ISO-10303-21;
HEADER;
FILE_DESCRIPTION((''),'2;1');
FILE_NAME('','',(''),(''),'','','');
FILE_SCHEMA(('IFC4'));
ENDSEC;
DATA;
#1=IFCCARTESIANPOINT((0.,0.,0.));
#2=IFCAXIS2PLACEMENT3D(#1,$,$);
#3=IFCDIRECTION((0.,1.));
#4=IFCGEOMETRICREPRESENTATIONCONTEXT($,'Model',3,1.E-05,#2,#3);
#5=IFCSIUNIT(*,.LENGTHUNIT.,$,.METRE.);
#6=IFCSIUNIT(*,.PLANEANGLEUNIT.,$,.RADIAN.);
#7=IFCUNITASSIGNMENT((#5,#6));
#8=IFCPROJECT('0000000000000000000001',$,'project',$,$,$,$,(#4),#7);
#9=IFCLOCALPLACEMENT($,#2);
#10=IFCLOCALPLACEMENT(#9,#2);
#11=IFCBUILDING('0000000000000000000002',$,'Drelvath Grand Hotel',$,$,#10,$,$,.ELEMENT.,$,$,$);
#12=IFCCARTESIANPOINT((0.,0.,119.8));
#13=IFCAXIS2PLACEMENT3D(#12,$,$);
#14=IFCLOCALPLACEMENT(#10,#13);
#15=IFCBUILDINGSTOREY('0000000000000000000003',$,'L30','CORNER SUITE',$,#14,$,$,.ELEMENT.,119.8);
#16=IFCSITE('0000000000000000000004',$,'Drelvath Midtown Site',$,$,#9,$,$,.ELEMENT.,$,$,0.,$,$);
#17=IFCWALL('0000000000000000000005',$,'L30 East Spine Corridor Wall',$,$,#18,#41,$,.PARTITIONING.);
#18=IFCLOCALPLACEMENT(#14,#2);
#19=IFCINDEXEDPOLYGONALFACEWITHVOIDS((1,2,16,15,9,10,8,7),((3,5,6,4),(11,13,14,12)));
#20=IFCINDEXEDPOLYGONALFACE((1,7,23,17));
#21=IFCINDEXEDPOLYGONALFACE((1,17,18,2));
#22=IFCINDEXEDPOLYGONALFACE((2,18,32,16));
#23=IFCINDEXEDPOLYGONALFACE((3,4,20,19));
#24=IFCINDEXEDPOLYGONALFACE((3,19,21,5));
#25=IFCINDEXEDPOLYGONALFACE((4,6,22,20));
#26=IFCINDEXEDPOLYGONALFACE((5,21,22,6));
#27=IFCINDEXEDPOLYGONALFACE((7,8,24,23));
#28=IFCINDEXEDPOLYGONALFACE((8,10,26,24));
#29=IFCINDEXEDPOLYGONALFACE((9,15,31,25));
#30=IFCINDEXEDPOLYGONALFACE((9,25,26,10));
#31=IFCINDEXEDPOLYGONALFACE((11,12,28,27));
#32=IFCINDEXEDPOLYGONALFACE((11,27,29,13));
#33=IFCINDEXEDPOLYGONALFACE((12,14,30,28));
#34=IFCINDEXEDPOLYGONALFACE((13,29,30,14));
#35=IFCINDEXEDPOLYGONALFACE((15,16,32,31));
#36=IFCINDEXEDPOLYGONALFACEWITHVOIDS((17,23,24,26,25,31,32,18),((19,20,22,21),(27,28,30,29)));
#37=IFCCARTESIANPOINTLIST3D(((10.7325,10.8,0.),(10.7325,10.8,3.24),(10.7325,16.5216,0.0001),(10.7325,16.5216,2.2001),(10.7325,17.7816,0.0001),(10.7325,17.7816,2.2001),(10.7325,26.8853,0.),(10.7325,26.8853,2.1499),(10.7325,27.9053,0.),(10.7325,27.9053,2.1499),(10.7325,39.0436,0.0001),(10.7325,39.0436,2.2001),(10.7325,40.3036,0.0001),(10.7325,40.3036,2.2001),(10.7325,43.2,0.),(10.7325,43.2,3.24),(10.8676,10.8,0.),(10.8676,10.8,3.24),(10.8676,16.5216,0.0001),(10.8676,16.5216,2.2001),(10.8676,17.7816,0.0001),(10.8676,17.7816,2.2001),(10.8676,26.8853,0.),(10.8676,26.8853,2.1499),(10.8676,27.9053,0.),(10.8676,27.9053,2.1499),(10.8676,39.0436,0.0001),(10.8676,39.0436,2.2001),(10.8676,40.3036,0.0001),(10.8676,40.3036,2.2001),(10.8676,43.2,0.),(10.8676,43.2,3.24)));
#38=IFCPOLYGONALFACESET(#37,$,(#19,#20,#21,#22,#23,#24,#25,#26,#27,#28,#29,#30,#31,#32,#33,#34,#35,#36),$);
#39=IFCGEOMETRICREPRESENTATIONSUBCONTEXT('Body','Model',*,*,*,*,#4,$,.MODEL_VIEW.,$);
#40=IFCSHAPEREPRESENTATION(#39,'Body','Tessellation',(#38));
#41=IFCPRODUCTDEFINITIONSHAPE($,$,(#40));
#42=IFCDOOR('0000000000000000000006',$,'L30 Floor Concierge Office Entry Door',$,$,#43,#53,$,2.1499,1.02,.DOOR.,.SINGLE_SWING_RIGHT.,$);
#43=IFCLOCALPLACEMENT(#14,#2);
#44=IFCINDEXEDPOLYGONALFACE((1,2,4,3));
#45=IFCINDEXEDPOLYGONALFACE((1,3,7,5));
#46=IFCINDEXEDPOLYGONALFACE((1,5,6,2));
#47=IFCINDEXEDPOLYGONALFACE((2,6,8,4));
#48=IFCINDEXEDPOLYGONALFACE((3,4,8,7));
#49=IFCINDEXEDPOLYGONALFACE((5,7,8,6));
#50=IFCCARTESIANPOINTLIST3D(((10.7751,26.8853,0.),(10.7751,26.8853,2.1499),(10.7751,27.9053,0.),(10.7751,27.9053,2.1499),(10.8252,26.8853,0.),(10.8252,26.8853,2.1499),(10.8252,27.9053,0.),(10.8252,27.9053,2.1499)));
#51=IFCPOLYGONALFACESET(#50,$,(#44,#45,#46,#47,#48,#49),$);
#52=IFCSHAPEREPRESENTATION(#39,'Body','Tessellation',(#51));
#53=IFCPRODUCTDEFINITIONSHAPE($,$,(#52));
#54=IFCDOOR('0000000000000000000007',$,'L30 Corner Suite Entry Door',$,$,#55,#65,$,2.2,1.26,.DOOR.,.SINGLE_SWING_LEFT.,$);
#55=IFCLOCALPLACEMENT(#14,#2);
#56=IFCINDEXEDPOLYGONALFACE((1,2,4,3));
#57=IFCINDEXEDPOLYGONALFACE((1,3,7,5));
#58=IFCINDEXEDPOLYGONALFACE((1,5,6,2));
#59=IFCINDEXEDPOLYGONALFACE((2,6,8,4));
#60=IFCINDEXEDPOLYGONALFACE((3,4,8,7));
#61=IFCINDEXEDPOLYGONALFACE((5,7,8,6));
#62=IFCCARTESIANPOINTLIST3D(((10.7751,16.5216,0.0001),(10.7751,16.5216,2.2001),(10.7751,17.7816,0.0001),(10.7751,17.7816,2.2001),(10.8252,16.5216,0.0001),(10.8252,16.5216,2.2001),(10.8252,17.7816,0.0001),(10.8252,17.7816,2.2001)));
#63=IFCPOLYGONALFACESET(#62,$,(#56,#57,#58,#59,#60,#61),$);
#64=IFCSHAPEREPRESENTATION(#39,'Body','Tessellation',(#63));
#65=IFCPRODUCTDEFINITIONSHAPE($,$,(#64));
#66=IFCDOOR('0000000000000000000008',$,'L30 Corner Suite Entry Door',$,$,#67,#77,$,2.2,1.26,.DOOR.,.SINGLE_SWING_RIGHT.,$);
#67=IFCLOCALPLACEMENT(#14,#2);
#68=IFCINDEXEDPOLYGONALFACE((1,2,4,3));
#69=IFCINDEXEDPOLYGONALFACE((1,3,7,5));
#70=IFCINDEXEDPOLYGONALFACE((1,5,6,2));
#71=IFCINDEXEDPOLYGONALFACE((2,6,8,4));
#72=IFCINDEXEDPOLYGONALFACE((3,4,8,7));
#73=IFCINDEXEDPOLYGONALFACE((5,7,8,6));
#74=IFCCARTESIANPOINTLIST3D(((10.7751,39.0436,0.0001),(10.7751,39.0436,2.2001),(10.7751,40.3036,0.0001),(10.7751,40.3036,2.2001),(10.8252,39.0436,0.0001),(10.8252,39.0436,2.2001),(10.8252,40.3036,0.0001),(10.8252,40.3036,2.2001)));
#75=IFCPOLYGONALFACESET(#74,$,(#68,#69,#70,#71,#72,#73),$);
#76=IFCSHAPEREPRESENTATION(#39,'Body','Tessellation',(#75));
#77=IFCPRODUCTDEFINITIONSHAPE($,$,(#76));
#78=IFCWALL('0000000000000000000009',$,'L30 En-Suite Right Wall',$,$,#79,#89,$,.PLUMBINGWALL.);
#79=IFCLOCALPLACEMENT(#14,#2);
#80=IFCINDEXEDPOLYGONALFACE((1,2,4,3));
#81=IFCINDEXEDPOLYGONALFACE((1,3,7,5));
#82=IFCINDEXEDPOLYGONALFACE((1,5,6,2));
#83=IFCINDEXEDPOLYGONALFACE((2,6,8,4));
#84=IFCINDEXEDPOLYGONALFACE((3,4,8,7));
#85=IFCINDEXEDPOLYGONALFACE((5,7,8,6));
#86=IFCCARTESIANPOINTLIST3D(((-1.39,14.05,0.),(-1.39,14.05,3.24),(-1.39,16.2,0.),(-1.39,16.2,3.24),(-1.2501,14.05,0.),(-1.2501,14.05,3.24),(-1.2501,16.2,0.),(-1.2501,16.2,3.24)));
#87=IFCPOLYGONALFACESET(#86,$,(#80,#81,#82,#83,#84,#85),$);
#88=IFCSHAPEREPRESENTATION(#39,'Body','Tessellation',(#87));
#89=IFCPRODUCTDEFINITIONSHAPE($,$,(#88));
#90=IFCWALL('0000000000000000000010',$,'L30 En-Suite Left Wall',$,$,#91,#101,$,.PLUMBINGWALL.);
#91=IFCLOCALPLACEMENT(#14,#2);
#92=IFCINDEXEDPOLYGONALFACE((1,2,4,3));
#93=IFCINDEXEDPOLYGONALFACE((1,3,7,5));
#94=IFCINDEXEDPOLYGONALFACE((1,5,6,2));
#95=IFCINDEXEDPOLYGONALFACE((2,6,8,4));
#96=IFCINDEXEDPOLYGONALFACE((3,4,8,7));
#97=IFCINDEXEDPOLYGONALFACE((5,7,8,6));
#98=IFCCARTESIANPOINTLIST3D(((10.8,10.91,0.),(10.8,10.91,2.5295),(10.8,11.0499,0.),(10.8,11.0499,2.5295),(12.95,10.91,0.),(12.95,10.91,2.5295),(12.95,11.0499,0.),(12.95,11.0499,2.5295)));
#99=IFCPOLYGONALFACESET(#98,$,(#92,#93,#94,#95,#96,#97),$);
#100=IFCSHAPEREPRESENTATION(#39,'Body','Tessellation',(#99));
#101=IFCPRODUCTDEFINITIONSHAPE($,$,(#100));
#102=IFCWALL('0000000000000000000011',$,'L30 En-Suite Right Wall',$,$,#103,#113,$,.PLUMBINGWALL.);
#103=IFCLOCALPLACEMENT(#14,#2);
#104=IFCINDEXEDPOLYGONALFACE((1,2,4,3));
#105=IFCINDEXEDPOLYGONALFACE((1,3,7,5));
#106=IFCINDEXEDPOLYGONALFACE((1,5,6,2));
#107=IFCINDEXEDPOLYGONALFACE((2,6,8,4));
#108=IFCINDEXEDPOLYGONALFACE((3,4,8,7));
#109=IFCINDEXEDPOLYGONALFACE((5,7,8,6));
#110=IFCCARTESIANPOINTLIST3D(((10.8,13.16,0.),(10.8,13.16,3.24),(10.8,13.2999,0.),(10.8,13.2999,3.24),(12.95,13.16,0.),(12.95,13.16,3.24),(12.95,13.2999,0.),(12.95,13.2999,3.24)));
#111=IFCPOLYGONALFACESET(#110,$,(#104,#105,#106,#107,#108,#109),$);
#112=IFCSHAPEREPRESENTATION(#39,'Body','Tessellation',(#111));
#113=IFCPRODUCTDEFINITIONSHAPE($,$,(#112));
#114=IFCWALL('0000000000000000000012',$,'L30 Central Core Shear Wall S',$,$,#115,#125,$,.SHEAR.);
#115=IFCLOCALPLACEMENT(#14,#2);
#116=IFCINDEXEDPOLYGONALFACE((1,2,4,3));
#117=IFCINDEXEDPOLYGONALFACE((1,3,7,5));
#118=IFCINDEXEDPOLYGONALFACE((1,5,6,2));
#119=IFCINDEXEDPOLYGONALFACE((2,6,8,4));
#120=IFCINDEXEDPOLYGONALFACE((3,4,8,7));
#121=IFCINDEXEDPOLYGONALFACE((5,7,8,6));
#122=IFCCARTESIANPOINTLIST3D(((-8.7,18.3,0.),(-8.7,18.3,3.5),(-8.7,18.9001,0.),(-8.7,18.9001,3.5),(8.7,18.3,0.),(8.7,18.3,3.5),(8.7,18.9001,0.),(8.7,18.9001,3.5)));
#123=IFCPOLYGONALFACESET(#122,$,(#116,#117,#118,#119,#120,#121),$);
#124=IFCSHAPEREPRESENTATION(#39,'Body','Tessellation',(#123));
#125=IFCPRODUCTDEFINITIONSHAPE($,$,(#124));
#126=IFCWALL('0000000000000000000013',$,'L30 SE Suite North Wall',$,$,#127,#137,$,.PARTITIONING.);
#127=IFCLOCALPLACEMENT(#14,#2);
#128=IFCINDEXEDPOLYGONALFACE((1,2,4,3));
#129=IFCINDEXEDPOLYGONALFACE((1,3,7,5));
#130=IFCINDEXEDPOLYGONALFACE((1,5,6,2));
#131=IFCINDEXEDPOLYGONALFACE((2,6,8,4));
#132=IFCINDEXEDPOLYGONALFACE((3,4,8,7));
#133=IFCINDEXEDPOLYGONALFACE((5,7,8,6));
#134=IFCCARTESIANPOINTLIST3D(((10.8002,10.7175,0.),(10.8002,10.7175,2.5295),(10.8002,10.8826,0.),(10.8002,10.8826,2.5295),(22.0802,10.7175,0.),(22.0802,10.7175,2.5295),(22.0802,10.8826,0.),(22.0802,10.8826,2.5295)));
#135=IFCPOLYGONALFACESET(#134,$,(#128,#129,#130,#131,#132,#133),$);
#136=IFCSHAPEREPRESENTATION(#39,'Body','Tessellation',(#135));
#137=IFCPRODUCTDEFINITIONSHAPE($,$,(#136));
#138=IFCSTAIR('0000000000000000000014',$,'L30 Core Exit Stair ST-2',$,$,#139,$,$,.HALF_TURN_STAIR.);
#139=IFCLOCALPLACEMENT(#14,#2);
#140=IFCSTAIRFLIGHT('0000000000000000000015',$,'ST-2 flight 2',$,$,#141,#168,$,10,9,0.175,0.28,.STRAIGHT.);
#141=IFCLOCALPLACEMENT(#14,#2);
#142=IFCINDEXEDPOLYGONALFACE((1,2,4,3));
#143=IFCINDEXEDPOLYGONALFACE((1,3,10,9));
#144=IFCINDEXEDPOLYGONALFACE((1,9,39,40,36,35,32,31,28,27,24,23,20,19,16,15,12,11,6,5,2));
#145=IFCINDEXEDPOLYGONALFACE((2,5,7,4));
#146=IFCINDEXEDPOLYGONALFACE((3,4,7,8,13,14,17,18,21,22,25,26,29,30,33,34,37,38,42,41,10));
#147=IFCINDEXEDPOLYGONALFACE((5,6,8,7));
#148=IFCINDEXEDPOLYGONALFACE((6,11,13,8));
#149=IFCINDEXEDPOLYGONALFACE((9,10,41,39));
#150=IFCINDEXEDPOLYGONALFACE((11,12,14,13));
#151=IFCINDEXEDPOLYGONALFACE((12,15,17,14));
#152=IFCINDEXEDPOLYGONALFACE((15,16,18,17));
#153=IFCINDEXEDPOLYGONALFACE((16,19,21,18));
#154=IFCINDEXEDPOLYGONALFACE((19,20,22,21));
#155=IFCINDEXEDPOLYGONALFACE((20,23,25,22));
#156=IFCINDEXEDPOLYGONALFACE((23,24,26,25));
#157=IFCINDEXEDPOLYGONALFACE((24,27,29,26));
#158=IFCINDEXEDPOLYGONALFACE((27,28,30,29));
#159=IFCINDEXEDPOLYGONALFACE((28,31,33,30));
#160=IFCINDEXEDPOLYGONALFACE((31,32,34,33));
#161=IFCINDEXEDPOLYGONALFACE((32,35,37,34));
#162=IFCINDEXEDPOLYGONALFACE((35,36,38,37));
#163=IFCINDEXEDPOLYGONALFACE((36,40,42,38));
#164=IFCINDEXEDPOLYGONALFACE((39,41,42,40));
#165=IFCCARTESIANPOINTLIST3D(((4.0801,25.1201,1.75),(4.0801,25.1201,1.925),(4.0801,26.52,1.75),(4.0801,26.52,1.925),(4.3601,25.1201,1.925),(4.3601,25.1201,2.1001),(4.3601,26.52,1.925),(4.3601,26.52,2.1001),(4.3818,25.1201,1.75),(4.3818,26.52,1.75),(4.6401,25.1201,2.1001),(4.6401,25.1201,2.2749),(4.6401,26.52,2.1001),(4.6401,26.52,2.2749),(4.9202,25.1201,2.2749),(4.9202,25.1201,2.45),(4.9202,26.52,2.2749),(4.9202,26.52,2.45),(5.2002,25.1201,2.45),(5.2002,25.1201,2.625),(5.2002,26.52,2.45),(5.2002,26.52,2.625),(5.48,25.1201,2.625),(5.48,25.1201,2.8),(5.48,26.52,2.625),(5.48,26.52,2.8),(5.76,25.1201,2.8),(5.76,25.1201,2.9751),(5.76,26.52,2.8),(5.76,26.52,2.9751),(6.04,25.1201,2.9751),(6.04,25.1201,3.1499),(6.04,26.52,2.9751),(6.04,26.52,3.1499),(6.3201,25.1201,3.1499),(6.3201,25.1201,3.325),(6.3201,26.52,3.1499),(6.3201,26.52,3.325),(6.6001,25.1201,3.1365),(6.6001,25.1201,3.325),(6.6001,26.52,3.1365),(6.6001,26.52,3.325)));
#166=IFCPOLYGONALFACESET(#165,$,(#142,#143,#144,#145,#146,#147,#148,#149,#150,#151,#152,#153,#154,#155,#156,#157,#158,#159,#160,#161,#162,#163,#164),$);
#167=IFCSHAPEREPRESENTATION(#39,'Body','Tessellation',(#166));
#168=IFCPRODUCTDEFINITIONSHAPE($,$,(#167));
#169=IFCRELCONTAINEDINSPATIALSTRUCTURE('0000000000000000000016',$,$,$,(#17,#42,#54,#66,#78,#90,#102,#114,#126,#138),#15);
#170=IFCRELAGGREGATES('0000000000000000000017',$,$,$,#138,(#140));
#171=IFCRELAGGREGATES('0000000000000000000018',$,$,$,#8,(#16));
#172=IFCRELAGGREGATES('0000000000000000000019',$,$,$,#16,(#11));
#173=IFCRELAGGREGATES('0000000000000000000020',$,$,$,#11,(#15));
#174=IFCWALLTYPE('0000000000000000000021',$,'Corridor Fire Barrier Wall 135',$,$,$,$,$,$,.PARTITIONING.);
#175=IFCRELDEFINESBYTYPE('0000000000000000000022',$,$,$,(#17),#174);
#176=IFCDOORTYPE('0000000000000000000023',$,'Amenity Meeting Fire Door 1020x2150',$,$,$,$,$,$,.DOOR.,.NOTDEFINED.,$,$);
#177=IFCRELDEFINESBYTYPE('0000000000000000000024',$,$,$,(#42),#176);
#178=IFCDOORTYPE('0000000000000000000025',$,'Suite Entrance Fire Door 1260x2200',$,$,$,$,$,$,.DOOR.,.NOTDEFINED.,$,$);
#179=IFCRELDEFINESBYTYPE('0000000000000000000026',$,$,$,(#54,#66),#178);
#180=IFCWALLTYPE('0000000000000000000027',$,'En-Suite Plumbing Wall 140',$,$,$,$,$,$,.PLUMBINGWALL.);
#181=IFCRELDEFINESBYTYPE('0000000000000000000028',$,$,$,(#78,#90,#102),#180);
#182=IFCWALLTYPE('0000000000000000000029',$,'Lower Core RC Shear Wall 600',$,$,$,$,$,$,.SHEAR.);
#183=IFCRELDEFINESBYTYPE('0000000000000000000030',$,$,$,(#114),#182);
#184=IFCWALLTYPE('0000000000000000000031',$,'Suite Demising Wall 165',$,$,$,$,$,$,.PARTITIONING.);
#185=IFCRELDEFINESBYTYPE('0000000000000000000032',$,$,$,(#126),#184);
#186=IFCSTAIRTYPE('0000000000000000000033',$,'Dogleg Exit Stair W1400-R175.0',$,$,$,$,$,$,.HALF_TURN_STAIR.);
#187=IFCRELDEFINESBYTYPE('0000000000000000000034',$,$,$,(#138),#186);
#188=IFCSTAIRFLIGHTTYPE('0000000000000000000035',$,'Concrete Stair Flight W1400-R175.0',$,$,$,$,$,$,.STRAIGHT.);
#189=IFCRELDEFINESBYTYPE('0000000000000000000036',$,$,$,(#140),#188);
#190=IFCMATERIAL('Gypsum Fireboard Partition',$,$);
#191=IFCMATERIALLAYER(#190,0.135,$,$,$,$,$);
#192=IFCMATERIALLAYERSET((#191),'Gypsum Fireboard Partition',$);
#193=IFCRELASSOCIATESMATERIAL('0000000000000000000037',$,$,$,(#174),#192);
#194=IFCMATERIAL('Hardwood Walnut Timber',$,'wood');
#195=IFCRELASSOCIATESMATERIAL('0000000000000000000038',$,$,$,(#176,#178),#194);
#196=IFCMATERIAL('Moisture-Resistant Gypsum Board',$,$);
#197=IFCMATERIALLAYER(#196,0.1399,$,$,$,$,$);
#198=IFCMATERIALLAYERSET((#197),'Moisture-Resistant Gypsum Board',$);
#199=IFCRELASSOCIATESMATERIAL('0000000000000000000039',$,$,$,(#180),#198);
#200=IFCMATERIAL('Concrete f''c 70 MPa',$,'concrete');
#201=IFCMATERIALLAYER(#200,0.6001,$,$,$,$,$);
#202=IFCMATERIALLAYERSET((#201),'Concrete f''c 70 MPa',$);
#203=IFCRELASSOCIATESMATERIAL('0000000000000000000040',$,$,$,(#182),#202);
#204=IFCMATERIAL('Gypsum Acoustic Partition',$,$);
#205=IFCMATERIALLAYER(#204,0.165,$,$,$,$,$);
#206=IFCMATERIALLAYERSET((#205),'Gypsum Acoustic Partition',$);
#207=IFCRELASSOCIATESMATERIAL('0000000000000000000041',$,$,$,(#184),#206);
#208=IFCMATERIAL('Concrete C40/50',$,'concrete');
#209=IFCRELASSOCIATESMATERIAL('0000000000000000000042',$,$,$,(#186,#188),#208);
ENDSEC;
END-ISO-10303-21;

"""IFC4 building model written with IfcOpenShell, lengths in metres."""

from ifc_helpers import new_model, si_unit, direction, frame, frame_2d, origin, place, context, subcontext, project, spatial, polyline, rectangle, outline, extrude, material, layer, layer_set, type_object, element, fill, aggregate, save


model = new_model("IFC4")

# Units and contexts
model_context = context("Model", 3, precision=1e-05, world=origin(), true_north=direction((0.0, 1.0)))
body_context = subcontext(model_context, "Body", "Model", "MODEL_VIEW")
ifc_project = project(units=[si_unit("LENGTHUNIT", "METRE"), si_unit("PLANEANGLEUNIT", "RADIAN")], contexts=[model_context])

# Site, building, storey
site_placement = place(None, origin())
site = spatial("IfcSite", under=ifc_project, at=site_placement, Name="Drelvath Midtown Site", CompositionType="ELEMENT", RefElevation=0.0)
building_placement = place(site_placement, origin())
building = spatial("IfcBuilding", under=site, at=building_placement, Name="Drelvath Grand Hotel", CompositionType="ELEMENT")
storey_placement = place(building_placement, frame((0.0, 0.0, 119.8)))
storey = spatial("IfcBuildingStorey", under=building, at=storey_placement, Name="L30", Description="CORNER SUITE", CompositionType="ELEMENT", Elevation=119.8)

# Shared definitions
ifc_material_1 = material(Name="Concrete f'c 70 MPa", Category="concrete")

# Shared definitions
ifc_material_2 = material(Name="Concrete C40/50", Category="concrete")

# Shared definitions
ifc_material_3 = material(Name="Gypsum Fireboard Partition")
ifc_layer_1 = layer(ifc_material_3, 0.135)
ifc_layer_set_1 = layer_set([ifc_layer_1], Name="Gypsum Fireboard Partition")
wall_type_1 = type_object("IfcWallType", Name="Corridor Fire Barrier Wall 135", PredefinedType="PARTITIONING", material=ifc_layer_set_1)

# Wall, openings, doors
wall_1_placement = place(storey_placement, frame((10.8, 10.8, 0.0), z_axis=(0.0, 0.0, 1.0), x_axis=(0.0, 1.0, 0.0)))
wall_1 = element("IfcWall", 1, at=wall_1_placement, inside=storey, type_object=wall_type_1, Name="L30 East Spine Corridor Wall", PredefinedType="PARTITIONING", context=body_context, shape_type="SweptSolid", body=[
    extrude(rectangle(XDim=32.3999, YDim=0.135, at=frame_2d((16.2, 0.0))), origin(), (0.0, 0.0, 1.0), 3.24),
])
opening_1_placement = place(wall_1_placement, frame((5.7217, 0.0, 0.0)))
opening_1 = element("IfcOpeningElement", 2, at=opening_1_placement, cuts=wall_1, PredefinedType="OPENING", context=body_context, shape_type="SweptSolid", body=[
    extrude(rectangle(XDim=1.26, YDim=2.2, at=frame_2d((0.6299, 1.1001))), frame((0.0, 0.0774, 0.0), z_axis=(0.0, -1.0, 0.0), x_axis=(1.0, 0.0, 0.0)), (0.0, 0.0, 1.0), 0.155),
])
opening_2_placement = place(wall_1_placement, frame((16.0852, 0.0, 0.0)))
opening_2 = element("IfcOpeningElement", 3, at=opening_2_placement, cuts=wall_1, PredefinedType="OPENING", context=body_context, shape_type="SweptSolid", body=[
    extrude(rectangle(XDim=1.02, YDim=2.1499, at=frame_2d((0.51, 1.075))), frame((0.0, 0.0774, 0.0), z_axis=(0.0, -1.0, 0.0), x_axis=(1.0, 0.0, 0.0)), (0.0, 0.0, 1.0), 0.155),
])
opening_3_placement = place(wall_1_placement, frame((28.2437, 0.0, 0.0)))
opening_3 = element("IfcOpeningElement", 4, at=opening_3_placement, cuts=wall_1, PredefinedType="OPENING", context=body_context, shape_type="SweptSolid", body=[
    extrude(rectangle(XDim=1.26, YDim=2.2, at=frame_2d((0.6299, 1.1001))), frame((0.0, 0.0774, 0.0), z_axis=(0.0, -1.0, 0.0), x_axis=(1.0, 0.0, 0.0)), (0.0, 0.0, 1.0), 0.155),
])
ifc_material_4 = material(Name="Hardwood Walnut Timber", Category="wood")
door_type_1 = type_object("IfcDoorType", Name="Amenity Meeting Fire Door 1020x2150", OperationType="NOTDEFINED", PredefinedType="DOOR", material=ifc_material_4)
door_1_placement = place(opening_2_placement, origin())
door_1 = element("IfcDoor", 5, at=door_1_placement, inside=storey, type_object=door_type_1, Name="L30 Floor Concierge Office Entry Door", OperationType="SINGLE_SWING_RIGHT", OverallHeight=2.1499, OverallWidth=1.02, PredefinedType="DOOR", context=body_context, shape_type="SweptSolid", body=[
    extrude(rectangle(XDim=1.02, YDim=2.1499, at=frame_2d((0.51, 1.075))), frame((0.0, 0.0249, 0.0), z_axis=(0.0, -1.0, 0.0), x_axis=(1.0, 0.0, 0.0)), (0.0, 0.0, 1.0), 0.05),
])
fill(opening_2, door_1)
door_type_2 = type_object("IfcDoorType", Name="Suite Entrance Fire Door 1260x2200", OperationType="NOTDEFINED", PredefinedType="DOOR", material=ifc_material_4)
door_2_placement = place(opening_1_placement, origin())
door_2 = element("IfcDoor", 6, at=door_2_placement, inside=storey, type_object=door_type_2, Name="L30 Corner Suite Entry Door", OperationType="SINGLE_SWING_LEFT", OverallHeight=2.2, OverallWidth=1.26, PredefinedType="DOOR", context=body_context, shape_type="SweptSolid", body=[
    extrude(rectangle(XDim=1.26, YDim=2.2, at=frame_2d((0.6299, 1.1001))), frame((0.0, 0.0249, 0.0), z_axis=(0.0, -1.0, 0.0), x_axis=(1.0, 0.0, 0.0)), (0.0, 0.0, 1.0), 0.05),
])
fill(opening_1, door_2)
door_3_placement = place(opening_3_placement, origin())
door_3 = element("IfcDoor", 7, at=door_3_placement, inside=storey, type_object=door_type_2, Name="L30 Corner Suite Entry Door", OperationType="SINGLE_SWING_RIGHT", OverallHeight=2.2, OverallWidth=1.26, PredefinedType="DOOR", context=body_context, shape_type="SweptSolid", body=[
    extrude(rectangle(XDim=1.26, YDim=2.2, at=frame_2d((0.6299, 1.1001))), frame((0.0, 0.0249, 0.0), z_axis=(0.0, -1.0, 0.0), x_axis=(1.0, 0.0, 0.0)), (0.0, 0.0, 1.0), 0.05),
])
fill(opening_3, door_3)

# Walls
ifc_material_5 = material(Name="Moisture-Resistant Gypsum Board")
ifc_layer_2 = layer(ifc_material_5, 0.1399)
ifc_layer_set_2 = layer_set([ifc_layer_2], Name="Moisture-Resistant Gypsum Board")
wall_type_2 = type_object("IfcWallType", Name="En-Suite Plumbing Wall 140", PredefinedType="PLUMBINGWALL", material=ifc_layer_set_2)
wall_2_placement = place(storey_placement, frame((-1.3201, 16.2, 0.0), z_axis=(0.0, 0.0, 1.0), x_axis=(0.0, -1.0, 0.0)))
element("IfcWall", 8, at=wall_2_placement, inside=storey, type_object=wall_type_2, Name="L30 En-Suite Right Wall", PredefinedType="PLUMBINGWALL", context=body_context, shape_type="SweptSolid", body=[
    extrude(rectangle(XDim=2.1499, YDim=0.1399, at=frame_2d((1.075, 0.0))), origin(), (0.0, 0.0, 1.0), 3.24),
])
wall_3_placement = place(storey_placement, frame((10.8, 10.98, 0.0), z_axis=(0.0, 0.0, 1.0), x_axis=(1.0, 0.0, 0.0)))
element("IfcWall", 9, at=wall_3_placement, inside=storey, type_object=wall_type_2, Name="L30 En-Suite Left Wall", PredefinedType="PLUMBINGWALL", context=body_context, shape_type="SweptSolid", body=[
    extrude(rectangle(XDim=2.1499, YDim=0.1399, at=frame_2d((1.075, 0.0))), origin(), (0.0, 0.0, 1.0), 2.5295),
])
wall_4_placement = place(storey_placement, frame((10.8, 13.23, 0.0), z_axis=(0.0, 0.0, 1.0), x_axis=(1.0, 0.0, 0.0)))
element("IfcWall", 10, at=wall_4_placement, inside=storey, type_object=wall_type_2, Name="L30 En-Suite Right Wall", PredefinedType="PLUMBINGWALL", context=body_context, shape_type="SweptSolid", body=[
    extrude(rectangle(XDim=2.1499, YDim=0.1399, at=frame_2d((1.075, 0.0))), origin(), (0.0, 0.0, 1.0), 3.24),
])
ifc_layer_3 = layer(ifc_material_1, 0.6001)
ifc_layer_set_3 = layer_set([ifc_layer_3], Name="Concrete f'c 70 MPa")
wall_type_3 = type_object("IfcWallType", Name="Lower Core RC Shear Wall 600", PredefinedType="SHEAR", material=ifc_layer_set_3)
wall_5_placement = place(storey_placement, frame((8.7, 18.6001, 0.0), z_axis=(0.0, 0.0, 1.0), x_axis=(-1.0, 0.0, 0.0)))
element("IfcWall", 11, at=wall_5_placement, inside=storey, type_object=wall_type_3, Name="L30 Central Core Shear Wall S", PredefinedType="SHEAR", context=body_context, shape_type="SweptSolid", body=[
    extrude(rectangle(XDim=17.3999, YDim=0.6001, at=frame_2d((8.7, 0.0))), origin(), (0.0, 0.0, 1.0), 3.5),
])
ifc_material_6 = material(Name="Gypsum Acoustic Partition")
ifc_layer_4 = layer(ifc_material_6, 0.165)
ifc_layer_set_4 = layer_set([ifc_layer_4], Name="Gypsum Acoustic Partition")
wall_type_4 = type_object("IfcWallType", Name="Suite Demising Wall 165", PredefinedType="PARTITIONING", material=ifc_layer_set_4)
wall_6_placement = place(storey_placement, frame((10.8, 10.8, 0.0), z_axis=(0.0, 0.0, 1.0), x_axis=(1.0, 0.0, 0.0)))
element("IfcWall", 12, at=wall_6_placement, inside=storey, type_object=wall_type_4, Name="L30 SE Suite North Wall", PredefinedType="PARTITIONING", context=body_context, shape_type="SweptSolid", body=[
    extrude(rectangle(XDim=11.28, YDim=0.165, at=frame_2d((5.6401, 0.0))), origin(), (0.0, 0.0, 1.0), 2.5295),
])

# Stair, stair flight
stair_type = type_object("IfcStairType", Name="Dogleg Exit Stair W1400-R175.0", PredefinedType="HALF_TURN_STAIR", material=ifc_material_2)
stair_placement = place(storey_placement, origin())
stair = element("IfcStair", 13, at=stair_placement, inside=storey, type_object=stair_type, Name="L30 Core Exit Stair ST-2", PredefinedType="HALF_TURN_STAIR")
stair_flight_type = type_object("IfcStairFlightType", Name="Concrete Stair Flight W1400-R175.0", PredefinedType="STRAIGHT", material=ifc_material_2)
stair_flight_placement = place(storey_placement, frame((4.0801, 25.8201, 1.75), z_axis=(0.0, 0.0, 1.0), x_axis=(1.0, 0.0, 0.0)))
stair_flight = element("IfcStairFlight", 14, at=stair_flight_placement, type_object=stair_flight_type, Name="ST-2 flight 2", NumberOfRisers=10, NumberOfTreads=9, PredefinedType="STRAIGHT", RiserHeight=0.175, TreadLength=0.28, context=body_context, shape_type="SweptSolid", body=[
    extrude(outline(polyline([(0.0, 0.0), (0.0, 0.175), (0.28, 0.175), (0.28, 0.3501), (0.5601, 0.3501), (0.5601, 0.5249), (0.8401, 0.5249), (0.8401, 0.7), (1.1201, 0.7), (1.1201, 0.875), (1.3999, 0.875), (1.3999, 1.05), (1.6799, 1.05), (1.6799, 1.2251), (1.96, 1.2251), (1.96, 1.3999), (2.24, 1.3999), (2.24, 1.575), (2.52, 1.575), (2.52, 1.75), (2.52, 1.3865), (0.3018, 0.0), (0.0, 0.0)])), frame((0.0, 0.7, 0.0), z_axis=(0.0, -1.0, 0.0), x_axis=(1.0, 0.0, 0.0)), (0.0, 0.0, 1.0), 1.3999),
])
aggregate(stair, [stair_flight])

save(model, "model.ifc")
